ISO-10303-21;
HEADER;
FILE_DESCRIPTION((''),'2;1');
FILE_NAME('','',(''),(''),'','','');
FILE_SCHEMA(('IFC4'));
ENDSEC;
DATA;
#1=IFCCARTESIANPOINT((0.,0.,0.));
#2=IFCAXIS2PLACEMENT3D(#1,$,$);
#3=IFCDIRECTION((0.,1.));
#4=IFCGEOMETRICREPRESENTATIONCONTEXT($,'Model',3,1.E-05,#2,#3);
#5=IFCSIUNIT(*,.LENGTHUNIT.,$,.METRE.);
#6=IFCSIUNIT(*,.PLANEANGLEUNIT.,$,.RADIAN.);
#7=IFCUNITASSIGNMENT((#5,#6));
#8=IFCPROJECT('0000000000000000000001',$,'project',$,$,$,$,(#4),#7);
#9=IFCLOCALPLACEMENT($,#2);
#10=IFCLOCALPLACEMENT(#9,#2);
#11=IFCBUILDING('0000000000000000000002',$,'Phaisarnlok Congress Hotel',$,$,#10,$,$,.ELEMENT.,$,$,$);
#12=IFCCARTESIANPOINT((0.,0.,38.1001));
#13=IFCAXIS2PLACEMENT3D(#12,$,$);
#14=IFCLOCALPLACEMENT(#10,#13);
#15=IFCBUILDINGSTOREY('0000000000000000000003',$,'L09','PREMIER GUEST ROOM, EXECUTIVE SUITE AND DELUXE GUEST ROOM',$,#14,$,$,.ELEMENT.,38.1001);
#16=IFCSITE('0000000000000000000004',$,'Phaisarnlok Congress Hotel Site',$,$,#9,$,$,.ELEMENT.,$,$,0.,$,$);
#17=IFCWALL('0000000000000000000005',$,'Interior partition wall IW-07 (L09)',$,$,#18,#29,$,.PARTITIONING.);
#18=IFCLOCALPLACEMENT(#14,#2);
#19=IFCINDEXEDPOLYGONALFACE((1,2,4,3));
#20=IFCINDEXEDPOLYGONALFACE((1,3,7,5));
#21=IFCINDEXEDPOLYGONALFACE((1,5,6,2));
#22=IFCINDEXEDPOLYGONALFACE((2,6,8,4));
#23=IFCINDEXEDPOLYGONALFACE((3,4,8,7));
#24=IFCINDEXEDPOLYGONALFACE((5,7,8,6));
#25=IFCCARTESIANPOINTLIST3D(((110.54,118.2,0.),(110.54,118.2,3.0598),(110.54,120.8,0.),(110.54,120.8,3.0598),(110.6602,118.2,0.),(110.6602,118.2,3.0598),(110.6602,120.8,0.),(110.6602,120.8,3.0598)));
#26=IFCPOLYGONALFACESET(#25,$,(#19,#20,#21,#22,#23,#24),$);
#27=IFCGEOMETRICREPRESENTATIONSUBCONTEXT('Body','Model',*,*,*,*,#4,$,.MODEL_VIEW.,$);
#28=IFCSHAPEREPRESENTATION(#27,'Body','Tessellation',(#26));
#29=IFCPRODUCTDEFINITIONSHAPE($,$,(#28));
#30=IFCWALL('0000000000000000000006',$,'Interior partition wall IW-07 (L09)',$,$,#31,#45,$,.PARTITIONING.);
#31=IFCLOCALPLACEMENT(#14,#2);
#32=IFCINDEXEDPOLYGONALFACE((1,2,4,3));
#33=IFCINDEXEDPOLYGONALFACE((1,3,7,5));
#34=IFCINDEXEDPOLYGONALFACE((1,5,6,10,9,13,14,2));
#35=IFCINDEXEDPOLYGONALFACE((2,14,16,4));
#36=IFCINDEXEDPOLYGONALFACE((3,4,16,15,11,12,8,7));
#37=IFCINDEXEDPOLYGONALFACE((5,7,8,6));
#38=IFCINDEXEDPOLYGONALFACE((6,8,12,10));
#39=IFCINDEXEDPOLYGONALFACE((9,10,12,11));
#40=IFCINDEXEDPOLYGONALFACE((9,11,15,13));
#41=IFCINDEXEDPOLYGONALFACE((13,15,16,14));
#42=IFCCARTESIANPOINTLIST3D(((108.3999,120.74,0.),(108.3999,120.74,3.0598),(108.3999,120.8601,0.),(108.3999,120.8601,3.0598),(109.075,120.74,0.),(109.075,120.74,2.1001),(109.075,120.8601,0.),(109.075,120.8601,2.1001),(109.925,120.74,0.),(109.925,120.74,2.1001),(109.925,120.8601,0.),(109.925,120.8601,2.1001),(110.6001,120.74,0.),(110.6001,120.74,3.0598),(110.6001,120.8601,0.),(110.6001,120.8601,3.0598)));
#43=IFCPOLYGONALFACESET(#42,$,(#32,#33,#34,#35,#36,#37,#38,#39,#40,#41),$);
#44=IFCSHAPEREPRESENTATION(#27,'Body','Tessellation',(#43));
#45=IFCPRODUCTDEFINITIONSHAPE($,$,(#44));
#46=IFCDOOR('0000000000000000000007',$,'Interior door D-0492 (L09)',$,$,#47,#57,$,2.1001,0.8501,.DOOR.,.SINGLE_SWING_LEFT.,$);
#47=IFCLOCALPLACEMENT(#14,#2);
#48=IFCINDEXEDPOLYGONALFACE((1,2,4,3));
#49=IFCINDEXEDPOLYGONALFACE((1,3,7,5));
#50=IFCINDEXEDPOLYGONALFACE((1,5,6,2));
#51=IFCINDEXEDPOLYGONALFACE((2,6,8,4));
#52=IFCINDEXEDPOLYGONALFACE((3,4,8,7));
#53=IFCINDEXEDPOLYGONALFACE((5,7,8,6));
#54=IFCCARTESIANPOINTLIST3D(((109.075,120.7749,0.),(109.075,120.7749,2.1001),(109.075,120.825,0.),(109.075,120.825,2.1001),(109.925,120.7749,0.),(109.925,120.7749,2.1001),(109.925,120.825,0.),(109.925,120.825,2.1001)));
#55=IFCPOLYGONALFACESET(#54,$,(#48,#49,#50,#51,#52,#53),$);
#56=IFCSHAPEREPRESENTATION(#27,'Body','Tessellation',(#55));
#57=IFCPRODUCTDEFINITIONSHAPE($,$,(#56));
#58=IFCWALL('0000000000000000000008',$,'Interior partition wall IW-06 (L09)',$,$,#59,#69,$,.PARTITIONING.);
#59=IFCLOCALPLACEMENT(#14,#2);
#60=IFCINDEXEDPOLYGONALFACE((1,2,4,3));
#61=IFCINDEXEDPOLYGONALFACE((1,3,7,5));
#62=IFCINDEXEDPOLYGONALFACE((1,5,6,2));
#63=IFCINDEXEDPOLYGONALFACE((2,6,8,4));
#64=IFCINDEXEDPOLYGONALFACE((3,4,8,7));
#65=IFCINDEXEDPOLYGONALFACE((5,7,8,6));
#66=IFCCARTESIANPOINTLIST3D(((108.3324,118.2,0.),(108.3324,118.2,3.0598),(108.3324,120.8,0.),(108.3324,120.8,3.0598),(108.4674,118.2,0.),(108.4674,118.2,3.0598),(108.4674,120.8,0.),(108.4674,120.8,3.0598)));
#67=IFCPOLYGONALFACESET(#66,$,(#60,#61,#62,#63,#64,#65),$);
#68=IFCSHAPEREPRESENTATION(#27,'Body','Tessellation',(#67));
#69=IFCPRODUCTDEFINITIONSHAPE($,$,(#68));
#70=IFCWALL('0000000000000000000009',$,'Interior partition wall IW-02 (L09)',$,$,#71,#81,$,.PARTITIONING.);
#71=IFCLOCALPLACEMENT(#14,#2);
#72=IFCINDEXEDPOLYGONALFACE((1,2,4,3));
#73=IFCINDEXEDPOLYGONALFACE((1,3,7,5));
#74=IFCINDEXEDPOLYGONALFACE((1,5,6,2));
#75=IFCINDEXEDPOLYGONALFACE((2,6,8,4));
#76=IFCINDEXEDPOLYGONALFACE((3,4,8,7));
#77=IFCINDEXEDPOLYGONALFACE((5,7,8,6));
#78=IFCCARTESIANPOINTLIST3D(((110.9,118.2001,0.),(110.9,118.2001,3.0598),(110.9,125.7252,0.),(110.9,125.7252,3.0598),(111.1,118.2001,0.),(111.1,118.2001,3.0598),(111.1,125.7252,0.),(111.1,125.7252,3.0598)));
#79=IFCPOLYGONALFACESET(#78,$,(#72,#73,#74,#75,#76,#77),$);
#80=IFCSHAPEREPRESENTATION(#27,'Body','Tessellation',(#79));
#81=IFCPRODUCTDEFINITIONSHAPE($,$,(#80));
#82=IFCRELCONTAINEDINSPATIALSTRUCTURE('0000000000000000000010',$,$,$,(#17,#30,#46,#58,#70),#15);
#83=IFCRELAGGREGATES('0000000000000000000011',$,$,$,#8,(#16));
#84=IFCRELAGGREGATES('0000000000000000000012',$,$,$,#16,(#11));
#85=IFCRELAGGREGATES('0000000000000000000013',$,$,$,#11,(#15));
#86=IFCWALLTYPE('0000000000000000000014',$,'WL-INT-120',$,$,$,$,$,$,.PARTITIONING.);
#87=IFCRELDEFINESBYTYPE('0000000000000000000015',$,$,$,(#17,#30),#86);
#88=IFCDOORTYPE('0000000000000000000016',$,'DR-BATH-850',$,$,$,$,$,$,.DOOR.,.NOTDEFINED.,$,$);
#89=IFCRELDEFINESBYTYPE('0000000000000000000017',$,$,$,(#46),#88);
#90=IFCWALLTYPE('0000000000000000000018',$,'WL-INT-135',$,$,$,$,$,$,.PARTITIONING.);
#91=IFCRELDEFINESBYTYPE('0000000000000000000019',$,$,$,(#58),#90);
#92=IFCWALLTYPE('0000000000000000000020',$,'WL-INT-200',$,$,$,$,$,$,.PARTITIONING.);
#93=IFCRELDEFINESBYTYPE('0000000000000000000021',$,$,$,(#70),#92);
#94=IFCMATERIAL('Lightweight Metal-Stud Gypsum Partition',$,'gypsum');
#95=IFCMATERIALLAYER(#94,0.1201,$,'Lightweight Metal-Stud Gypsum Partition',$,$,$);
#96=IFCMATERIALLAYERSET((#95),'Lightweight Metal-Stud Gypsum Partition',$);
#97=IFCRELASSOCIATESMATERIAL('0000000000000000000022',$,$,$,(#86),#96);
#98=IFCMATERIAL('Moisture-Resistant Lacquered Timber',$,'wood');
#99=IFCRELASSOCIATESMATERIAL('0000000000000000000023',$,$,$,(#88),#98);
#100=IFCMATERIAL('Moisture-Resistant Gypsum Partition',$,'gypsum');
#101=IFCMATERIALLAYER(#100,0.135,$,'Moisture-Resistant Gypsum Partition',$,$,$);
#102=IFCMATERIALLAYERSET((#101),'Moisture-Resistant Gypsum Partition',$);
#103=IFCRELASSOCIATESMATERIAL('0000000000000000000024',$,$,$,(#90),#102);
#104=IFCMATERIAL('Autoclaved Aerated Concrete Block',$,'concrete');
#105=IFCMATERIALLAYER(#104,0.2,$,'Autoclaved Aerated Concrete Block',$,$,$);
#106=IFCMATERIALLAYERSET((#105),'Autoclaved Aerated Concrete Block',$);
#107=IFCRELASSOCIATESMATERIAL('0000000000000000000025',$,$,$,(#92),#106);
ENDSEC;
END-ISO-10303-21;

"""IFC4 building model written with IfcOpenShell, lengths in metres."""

from ifc_helpers import new_model, si_unit, direction, frame, frame_2d, origin, place, context, subcontext, project, spatial, rectangle, extrude, material, layer, layer_set, type_object, element, fill, save


model = new_model("IFC4")

# Units and contexts
model_context = context("Model", 3, precision=1e-05, world=origin(), true_north=direction((0.0, 1.0)))
body_context = subcontext(model_context, "Body", "Model", "MODEL_VIEW")
ifc_project = project(units=[si_unit("LENGTHUNIT", "METRE"), si_unit("PLANEANGLEUNIT", "RADIAN")], contexts=[model_context])

# Site, building, storey
site_placement = place(None, origin())
site = spatial("IfcSite", under=ifc_project, at=site_placement, Name="Phaisarnlok Congress Hotel Site", CompositionType="ELEMENT", RefElevation=0.0)
building_placement = place(site_placement, origin())
building = spatial("IfcBuilding", under=site, at=building_placement, Name="Phaisarnlok Congress Hotel", CompositionType="ELEMENT")
storey_placement = place(building_placement, frame((0.0, 0.0, 38.1001)))
storey = spatial("IfcBuildingStorey", under=building, at=storey_placement, Name="L09", Description="PREMIER GUEST ROOM, EXECUTIVE SUITE AND DELUXE GUEST ROOM", CompositionType="ELEMENT", Elevation=38.1001)

# Wall
ifc_material_1 = material(Name="Lightweight Metal-Stud Gypsum Partition", Category="gypsum")
ifc_layer_1 = layer(ifc_material_1, 0.1201, Name="Lightweight Metal-Stud Gypsum Partition")
ifc_layer_set_1 = layer_set([ifc_layer_1], Name="Lightweight Metal-Stud Gypsum Partition")
wall_type_1 = type_object("IfcWallType", Name="WL-INT-120", PredefinedType="PARTITIONING", material=ifc_layer_set_1)
wall_1_placement = place(storey_placement, frame((110.6001, 118.2, 0.0), z_axis=(0.0, 0.0, 1.0), x_axis=(0.0, 1.0, 0.0)))
element("IfcWall", 1, at=wall_1_placement, inside=storey, type_object=wall_type_1, Name="Interior partition wall IW-07 (L09)", PredefinedType="PARTITIONING", context=body_context, shape_type="SweptSolid", body=[
    extrude(rectangle(XDim=2.6001, YDim=0.1201, at=frame_2d((1.3, 0.0))), origin(), (0.0, 0.0, 1.0), 3.0598),
])

# Wall, opening, door
wall_2_placement = place(storey_placement, frame((108.3999, 120.8, 0.0), z_axis=(0.0, 0.0, 1.0), x_axis=(1.0, 0.0, 0.0)))
wall_2 = element("IfcWall", 2, at=wall_2_placement, inside=storey, type_object=wall_type_1, Name="Interior partition wall IW-07 (L09)", PredefinedType="PARTITIONING", context=body_context, shape_type="SweptSolid", body=[
    extrude(rectangle(XDim=2.2002, YDim=0.1201, at=frame_2d((1.1001, 0.0))), origin(), (0.0, 0.0, 1.0), 3.0598),
])
opening_placement = place(wall_2_placement, frame((0.675, 0.0, 0.0)))
opening = element("IfcOpeningElement", 3, at=opening_placement, cuts=wall_2, PredefinedType="OPENING", context=body_context, shape_type="SweptSolid", body=[
    extrude(rectangle(XDim=0.8501, YDim=2.1001, at=frame_2d((0.425, 1.05))), frame((0.0, 0.0701, 0.0), z_axis=(0.0, -1.0, 0.0), x_axis=(1.0, 0.0, 0.0)), (0.0, 0.0, 1.0), 0.1401),
])
ifc_material_2 = material(Name="Moisture-Resistant Lacquered Timber", Category="wood")
door_type = type_object("IfcDoorType", Name="DR-BATH-850", OperationType="NOTDEFINED", PredefinedType="DOOR", material=ifc_material_2)
door_placement = place(opening_placement, origin())
door = element("IfcDoor", 4, at=door_placement, inside=storey, type_object=door_type, Name="Interior door D-0492 (L09)", OperationType="SINGLE_SWING_LEFT", OverallHeight=2.1001, OverallWidth=0.8501, PredefinedType="DOOR", context=body_context, shape_type="SweptSolid", body=[
    extrude(rectangle(XDim=0.8501, YDim=2.1001, at=frame_2d((0.425, 1.05))), frame((0.0, 0.0249, 0.0), z_axis=(0.0, -1.0, 0.0), x_axis=(1.0, 0.0, 0.0)), (0.0, 0.0, 1.0), 0.05),
])
fill(opening, door)

# Walls
ifc_material_3 = material(Name="Moisture-Resistant Gypsum Partition", Category="gypsum")
ifc_layer_2 = layer(ifc_material_3, 0.135, Name="Moisture-Resistant Gypsum Partition")
ifc_layer_set_2 = layer_set([ifc_layer_2], Name="Moisture-Resistant Gypsum Partition")
wall_type_2 = type_object("IfcWallType", Name="WL-INT-135", PredefinedType="PARTITIONING", material=ifc_layer_set_2)
wall_3_placement = place(storey_placement, frame((108.3999, 118.2, 0.0), z_axis=(0.0, 0.0, 1.0), x_axis=(0.0, 1.0, 0.0)))
element("IfcWall", 5, at=wall_3_placement, inside=storey, type_object=wall_type_2, Name="Interior partition wall IW-06 (L09)", PredefinedType="PARTITIONING", context=body_context, shape_type="SweptSolid", body=[
    extrude(rectangle(XDim=2.6001, YDim=0.135, at=frame_2d((1.3, 0.0))), origin(), (0.0, 0.0, 1.0), 3.0598),
])
ifc_material_4 = material(Name="Autoclaved Aerated Concrete Block", Category="concrete")
ifc_layer_3 = layer(ifc_material_4, 0.2, Name="Autoclaved Aerated Concrete Block")
ifc_layer_set_3 = layer_set([ifc_layer_3], Name="Autoclaved Aerated Concrete Block")
wall_type_3 = type_object("IfcWallType", Name="WL-INT-200", PredefinedType="PARTITIONING", material=ifc_layer_set_3)
wall_4_placement = place(storey_placement, frame((111.0, 118.2, 0.0), z_axis=(0.0, 0.0, 1.0), x_axis=(0.0, 1.0, 0.0)))
element("IfcWall", 6, at=wall_4_placement, inside=storey, type_object=wall_type_3, Name="Interior partition wall IW-02 (L09)", PredefinedType="PARTITIONING", context=body_context, shape_type="SweptSolid", body=[
    extrude(rectangle(XDim=7.5251, YDim=0.2, at=frame_2d((3.7627, 0.0))), origin(), (0.0, 0.0, 1.0), 3.0598),
])

save(model, "model.ifc")
